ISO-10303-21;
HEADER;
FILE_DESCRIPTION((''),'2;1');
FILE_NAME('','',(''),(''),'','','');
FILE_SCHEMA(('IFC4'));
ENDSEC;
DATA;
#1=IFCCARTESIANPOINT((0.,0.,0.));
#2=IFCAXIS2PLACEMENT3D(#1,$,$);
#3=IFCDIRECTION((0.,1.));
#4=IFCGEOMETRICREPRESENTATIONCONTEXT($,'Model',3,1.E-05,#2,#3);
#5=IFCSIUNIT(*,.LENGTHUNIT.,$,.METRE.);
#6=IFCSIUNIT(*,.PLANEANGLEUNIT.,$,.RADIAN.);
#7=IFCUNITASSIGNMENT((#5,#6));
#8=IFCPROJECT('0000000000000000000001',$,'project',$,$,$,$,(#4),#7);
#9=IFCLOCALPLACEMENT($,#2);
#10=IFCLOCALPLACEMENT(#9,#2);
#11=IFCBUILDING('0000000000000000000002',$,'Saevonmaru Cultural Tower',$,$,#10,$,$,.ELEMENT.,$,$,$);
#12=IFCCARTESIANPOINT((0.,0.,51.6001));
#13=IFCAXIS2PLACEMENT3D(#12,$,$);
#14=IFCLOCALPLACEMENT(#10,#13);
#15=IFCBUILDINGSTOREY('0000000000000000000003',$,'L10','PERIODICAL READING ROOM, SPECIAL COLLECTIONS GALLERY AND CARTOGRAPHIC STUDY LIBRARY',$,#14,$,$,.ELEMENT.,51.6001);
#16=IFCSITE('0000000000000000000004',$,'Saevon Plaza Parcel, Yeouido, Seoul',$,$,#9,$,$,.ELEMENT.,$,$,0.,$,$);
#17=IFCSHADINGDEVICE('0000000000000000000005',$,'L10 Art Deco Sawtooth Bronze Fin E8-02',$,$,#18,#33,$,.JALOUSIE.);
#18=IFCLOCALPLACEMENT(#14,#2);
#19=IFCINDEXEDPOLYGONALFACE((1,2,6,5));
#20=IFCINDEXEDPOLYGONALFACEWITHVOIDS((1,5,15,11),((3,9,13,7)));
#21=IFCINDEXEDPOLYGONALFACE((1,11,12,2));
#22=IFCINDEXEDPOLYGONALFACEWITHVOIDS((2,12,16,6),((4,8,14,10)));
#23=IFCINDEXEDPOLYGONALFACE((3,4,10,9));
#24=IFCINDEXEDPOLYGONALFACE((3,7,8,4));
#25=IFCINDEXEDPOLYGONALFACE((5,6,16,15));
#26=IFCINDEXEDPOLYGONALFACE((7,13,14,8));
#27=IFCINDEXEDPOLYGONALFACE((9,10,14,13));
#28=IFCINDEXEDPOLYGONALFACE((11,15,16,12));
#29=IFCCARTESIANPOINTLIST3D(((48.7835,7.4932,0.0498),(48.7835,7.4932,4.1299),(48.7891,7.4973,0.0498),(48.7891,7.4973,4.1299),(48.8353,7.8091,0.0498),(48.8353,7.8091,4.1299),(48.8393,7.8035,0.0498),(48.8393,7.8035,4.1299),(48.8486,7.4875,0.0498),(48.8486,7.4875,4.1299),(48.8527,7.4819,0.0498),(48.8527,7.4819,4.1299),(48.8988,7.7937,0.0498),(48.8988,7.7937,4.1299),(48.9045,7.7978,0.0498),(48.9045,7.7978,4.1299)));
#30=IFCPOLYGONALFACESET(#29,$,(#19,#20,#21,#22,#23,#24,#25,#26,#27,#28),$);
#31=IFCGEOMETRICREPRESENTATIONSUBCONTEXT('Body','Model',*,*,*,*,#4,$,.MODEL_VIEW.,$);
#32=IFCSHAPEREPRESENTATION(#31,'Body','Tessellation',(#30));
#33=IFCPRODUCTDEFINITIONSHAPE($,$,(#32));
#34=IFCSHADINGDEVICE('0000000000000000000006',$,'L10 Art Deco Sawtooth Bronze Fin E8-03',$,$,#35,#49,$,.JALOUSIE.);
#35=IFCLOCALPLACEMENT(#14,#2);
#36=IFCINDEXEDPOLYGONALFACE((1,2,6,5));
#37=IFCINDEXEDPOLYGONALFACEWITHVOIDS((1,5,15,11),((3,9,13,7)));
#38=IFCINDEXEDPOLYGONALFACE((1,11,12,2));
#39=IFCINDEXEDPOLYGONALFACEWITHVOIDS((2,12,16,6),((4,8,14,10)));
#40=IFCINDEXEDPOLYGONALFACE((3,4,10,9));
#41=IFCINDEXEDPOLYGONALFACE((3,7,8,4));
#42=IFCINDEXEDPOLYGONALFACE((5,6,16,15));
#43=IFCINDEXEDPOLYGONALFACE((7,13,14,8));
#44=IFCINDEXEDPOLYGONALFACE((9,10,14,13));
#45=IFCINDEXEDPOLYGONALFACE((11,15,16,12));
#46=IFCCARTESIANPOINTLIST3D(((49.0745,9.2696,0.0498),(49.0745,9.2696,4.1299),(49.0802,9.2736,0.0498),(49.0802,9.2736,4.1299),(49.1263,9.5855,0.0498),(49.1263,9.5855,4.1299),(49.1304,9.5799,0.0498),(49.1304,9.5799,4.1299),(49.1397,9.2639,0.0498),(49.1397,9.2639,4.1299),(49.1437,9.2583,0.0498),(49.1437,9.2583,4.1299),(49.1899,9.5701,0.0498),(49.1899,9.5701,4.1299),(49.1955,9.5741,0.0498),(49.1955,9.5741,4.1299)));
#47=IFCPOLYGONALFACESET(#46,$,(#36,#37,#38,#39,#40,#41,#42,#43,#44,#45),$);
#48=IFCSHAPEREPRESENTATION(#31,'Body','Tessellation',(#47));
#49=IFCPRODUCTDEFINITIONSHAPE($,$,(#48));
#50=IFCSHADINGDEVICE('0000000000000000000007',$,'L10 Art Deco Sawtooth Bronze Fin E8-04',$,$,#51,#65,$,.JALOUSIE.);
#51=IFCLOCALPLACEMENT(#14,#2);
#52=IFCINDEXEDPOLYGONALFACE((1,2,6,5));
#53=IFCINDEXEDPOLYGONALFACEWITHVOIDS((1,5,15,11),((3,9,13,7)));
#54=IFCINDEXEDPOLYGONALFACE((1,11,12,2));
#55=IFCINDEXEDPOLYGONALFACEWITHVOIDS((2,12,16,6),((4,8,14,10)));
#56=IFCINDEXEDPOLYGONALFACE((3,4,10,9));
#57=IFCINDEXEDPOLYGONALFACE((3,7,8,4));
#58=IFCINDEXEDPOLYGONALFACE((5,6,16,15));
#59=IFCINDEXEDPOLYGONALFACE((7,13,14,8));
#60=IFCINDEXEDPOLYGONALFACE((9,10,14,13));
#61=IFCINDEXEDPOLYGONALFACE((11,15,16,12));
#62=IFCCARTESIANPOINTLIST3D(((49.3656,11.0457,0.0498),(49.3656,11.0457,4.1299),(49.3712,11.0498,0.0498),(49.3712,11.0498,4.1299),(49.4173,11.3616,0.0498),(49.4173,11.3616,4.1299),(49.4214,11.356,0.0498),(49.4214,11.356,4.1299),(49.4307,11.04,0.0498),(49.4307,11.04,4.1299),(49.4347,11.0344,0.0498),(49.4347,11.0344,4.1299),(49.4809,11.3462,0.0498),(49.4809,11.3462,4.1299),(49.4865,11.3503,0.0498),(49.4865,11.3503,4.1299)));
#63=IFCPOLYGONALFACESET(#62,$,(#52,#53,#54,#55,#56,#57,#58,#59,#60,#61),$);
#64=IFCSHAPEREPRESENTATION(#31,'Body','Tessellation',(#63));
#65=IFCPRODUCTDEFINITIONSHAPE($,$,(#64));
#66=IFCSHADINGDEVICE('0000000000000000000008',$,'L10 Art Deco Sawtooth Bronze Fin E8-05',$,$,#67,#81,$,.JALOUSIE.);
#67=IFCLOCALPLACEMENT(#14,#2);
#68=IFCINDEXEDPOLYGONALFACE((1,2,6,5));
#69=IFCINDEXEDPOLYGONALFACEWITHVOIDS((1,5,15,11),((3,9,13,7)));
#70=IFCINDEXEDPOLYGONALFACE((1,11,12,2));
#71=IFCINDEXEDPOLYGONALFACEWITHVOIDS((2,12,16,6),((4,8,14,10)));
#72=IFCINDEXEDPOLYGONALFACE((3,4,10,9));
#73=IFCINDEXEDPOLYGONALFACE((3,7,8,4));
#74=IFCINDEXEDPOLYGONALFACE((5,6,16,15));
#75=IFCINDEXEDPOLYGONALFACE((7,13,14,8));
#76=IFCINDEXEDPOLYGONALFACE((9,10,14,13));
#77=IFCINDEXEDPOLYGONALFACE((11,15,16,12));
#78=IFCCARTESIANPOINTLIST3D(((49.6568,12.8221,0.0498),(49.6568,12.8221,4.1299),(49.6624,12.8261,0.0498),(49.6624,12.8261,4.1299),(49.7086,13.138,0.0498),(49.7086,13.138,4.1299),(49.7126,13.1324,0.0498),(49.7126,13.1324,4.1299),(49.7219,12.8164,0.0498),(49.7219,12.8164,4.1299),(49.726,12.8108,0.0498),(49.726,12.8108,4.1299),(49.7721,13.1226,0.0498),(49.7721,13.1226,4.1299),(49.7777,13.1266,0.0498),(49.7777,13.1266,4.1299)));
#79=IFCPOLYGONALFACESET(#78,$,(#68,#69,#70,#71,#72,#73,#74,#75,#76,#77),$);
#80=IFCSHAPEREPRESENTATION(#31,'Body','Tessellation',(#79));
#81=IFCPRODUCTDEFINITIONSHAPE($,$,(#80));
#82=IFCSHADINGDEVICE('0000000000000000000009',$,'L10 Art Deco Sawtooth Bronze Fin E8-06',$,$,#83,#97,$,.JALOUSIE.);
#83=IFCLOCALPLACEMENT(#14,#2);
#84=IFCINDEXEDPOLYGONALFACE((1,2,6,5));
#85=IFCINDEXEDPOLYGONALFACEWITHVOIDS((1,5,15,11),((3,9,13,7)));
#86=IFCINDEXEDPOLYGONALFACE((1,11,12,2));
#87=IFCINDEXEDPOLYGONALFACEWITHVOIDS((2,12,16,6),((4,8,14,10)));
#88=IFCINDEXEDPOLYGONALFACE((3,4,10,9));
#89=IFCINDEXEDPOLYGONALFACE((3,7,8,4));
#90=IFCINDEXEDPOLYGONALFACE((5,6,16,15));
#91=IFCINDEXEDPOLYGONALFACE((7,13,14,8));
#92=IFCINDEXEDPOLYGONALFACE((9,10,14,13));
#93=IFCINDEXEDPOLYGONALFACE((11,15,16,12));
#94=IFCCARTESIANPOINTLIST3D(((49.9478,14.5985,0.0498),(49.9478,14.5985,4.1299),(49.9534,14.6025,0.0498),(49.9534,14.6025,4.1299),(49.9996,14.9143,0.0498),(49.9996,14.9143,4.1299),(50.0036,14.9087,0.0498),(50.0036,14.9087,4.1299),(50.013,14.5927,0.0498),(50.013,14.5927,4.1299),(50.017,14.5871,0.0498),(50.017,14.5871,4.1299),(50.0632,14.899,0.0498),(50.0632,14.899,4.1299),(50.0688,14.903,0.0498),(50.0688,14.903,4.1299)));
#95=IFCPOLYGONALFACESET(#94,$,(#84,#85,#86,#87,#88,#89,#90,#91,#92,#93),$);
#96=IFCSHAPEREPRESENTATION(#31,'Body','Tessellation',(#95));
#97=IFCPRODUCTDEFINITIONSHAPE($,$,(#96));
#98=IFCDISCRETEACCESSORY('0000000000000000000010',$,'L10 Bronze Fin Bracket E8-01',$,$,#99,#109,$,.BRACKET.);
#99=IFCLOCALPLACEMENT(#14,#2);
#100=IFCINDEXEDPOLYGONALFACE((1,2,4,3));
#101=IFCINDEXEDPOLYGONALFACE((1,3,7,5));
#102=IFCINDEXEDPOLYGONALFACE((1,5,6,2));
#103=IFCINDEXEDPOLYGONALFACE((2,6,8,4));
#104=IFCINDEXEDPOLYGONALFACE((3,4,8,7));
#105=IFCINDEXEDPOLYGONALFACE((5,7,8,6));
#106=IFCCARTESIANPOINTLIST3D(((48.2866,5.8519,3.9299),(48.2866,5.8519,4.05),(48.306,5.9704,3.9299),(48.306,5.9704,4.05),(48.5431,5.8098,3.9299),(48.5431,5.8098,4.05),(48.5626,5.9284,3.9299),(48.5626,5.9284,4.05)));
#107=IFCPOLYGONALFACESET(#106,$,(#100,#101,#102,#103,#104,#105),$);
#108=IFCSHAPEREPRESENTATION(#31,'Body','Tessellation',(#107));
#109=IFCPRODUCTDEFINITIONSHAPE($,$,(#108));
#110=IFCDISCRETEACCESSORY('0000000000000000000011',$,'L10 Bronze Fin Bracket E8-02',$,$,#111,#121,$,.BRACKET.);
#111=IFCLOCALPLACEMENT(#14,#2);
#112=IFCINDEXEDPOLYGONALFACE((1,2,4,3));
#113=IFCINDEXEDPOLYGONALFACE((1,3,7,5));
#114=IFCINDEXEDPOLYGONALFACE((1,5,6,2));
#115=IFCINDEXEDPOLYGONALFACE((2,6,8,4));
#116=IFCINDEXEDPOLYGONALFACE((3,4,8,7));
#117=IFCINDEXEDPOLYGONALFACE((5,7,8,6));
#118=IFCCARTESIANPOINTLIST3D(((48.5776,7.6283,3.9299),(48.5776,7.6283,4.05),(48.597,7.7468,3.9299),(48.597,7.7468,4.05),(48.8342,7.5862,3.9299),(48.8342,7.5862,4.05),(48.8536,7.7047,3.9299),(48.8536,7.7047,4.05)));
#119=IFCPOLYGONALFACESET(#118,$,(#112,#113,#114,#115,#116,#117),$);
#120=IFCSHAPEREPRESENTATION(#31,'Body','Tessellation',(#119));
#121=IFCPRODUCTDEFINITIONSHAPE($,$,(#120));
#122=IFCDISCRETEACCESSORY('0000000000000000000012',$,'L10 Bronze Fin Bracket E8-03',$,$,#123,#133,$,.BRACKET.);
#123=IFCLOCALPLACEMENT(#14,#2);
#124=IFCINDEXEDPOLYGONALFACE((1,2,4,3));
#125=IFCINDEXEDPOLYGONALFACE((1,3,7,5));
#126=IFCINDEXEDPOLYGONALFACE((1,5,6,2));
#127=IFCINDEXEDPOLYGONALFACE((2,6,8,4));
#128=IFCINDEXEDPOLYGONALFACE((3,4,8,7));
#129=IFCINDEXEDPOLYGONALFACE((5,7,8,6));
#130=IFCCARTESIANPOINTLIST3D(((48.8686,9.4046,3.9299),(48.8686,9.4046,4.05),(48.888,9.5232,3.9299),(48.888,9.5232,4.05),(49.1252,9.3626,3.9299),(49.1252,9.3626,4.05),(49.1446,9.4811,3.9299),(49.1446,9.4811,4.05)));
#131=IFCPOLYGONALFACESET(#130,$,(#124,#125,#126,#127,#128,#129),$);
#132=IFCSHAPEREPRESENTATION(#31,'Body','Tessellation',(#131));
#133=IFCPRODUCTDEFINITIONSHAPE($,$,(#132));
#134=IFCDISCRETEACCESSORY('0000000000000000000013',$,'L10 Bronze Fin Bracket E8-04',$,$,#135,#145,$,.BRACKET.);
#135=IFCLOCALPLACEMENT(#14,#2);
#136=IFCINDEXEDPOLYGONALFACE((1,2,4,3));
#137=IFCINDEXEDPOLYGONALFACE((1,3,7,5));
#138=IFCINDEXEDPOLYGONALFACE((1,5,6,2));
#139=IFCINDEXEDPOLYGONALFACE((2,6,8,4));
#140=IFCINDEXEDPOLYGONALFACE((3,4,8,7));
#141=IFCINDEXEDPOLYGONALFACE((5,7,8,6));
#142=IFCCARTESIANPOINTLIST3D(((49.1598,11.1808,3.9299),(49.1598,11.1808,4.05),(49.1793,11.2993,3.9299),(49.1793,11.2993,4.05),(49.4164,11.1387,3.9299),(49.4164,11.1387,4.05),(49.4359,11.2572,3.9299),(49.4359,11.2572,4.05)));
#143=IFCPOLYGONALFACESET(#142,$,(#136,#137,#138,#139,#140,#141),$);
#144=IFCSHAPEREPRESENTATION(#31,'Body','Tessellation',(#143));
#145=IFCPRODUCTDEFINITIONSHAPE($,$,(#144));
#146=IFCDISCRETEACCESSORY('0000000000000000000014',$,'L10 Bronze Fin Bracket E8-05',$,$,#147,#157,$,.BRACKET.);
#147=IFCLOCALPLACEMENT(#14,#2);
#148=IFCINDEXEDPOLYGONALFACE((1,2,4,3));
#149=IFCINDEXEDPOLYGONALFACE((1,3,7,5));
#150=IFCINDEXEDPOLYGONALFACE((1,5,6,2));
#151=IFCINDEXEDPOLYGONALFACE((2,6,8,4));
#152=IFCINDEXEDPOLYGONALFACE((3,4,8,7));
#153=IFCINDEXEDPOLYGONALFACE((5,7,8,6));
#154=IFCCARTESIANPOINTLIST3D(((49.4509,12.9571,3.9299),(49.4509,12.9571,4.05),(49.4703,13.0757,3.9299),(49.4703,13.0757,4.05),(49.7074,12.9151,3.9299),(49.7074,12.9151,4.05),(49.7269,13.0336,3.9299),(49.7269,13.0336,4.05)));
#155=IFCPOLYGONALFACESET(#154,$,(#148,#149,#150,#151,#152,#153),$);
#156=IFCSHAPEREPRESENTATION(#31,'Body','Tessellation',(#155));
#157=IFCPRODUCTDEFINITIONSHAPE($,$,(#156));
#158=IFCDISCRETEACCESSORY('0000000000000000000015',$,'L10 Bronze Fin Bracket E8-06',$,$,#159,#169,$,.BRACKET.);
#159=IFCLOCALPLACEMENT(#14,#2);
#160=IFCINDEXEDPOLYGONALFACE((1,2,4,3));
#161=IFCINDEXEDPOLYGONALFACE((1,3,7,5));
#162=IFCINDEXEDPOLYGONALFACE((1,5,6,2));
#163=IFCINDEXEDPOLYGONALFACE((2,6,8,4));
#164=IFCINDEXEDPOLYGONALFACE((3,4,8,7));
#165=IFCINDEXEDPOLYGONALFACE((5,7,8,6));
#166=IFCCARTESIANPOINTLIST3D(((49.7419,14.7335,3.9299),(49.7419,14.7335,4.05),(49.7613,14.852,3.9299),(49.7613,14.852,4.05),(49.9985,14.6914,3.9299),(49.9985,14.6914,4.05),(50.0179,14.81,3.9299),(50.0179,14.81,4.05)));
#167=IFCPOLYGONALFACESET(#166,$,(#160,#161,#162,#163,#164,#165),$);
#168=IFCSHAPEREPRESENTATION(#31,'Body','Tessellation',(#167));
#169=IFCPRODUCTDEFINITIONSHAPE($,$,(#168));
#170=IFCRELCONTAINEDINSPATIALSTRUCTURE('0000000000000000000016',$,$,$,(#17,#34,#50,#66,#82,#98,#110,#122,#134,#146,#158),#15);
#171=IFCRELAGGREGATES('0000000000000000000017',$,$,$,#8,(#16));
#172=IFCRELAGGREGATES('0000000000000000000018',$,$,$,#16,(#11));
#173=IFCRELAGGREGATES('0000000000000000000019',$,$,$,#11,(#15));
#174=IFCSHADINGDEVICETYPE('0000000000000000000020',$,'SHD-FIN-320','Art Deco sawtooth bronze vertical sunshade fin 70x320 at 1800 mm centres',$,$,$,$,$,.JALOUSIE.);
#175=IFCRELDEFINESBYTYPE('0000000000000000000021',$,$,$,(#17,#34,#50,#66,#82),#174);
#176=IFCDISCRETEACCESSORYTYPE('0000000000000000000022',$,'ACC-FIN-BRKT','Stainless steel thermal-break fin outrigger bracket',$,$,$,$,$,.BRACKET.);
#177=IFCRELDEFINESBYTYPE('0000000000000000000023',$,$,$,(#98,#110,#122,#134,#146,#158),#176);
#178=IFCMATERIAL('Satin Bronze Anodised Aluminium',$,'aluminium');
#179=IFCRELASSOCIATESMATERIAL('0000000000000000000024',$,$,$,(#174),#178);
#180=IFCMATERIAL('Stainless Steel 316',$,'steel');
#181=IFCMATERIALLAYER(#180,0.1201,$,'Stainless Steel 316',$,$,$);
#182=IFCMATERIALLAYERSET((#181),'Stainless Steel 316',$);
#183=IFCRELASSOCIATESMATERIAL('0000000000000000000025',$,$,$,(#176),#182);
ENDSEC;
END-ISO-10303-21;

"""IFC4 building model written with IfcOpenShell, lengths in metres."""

from ifc_helpers import new_model, si_unit, direction, frame, origin, origin_2d, place, context, subcontext, project, spatial, rectangle, hollow_rectangle, extrude, material, layer, layer_set, material_profile, profile_set, type_object, element, save


model = new_model("IFC4")

# Units and contexts
model_context = context("Model", 3, precision=1e-05, world=origin(), true_north=direction((0.0, 1.0)))
body_context = subcontext(model_context, "Body", "Model", "MODEL_VIEW")
ifc_project = project(units=[si_unit("LENGTHUNIT", "METRE"), si_unit("PLANEANGLEUNIT", "RADIAN")], contexts=[model_context])

# Site, building, storey
site_placement = place(None, origin())
site = spatial("IfcSite", under=ifc_project, at=site_placement, Name="Saevon Plaza Parcel, Yeouido, Seoul", CompositionType="ELEMENT", RefElevation=0.0)
building_placement = place(site_placement, origin())
building = spatial("IfcBuilding", under=site, at=building_placement, Name="Saevonmaru Cultural Tower", CompositionType="ELEMENT")
storey_placement = place(building_placement, frame((0.0, 0.0, 51.6001)))
storey = spatial("IfcBuildingStorey", under=building, at=storey_placement, Name="L10", Description="PERIODICAL READING ROOM, SPECIAL COLLECTIONS GALLERY AND CARTOGRAPHIC STUDY LIBRARY", CompositionType="ELEMENT", Elevation=51.6001)

# Shared definitions
ifc_material_1 = material(Name="Satin Bronze Anodised Aluminium", Category="aluminium")

# Shading devices
ifc_material_profile_1 = material_profile(ifc_material_1, hollow_rectangle(XDim=0.0701, YDim=0.3201, WallThickness=0.0049, at=origin_2d()), Name="FIN-320x70")
ifc_profile_set_1 = profile_set([ifc_material_profile_1], Name="Satin Bronze Anodised Aluminium")
shading_device_type = type_object("IfcShadingDeviceType", Name="SHD-FIN-320", Description="Art Deco sawtooth bronze vertical sunshade fin 70x320 at 1800 mm centres", PredefinedType="JALOUSIE", material=ifc_profile_set_1)
for number, where, z_axis, x_axis, name in (
    (1, (48.844, 7.6455, 0.0498), (0.0, 0.0, 1.0), (0.986827, -0.161776, 0.0), "L10 Art Deco Sawtooth Bronze Fin E8-02"),
    (2, (49.135, 9.4219, 0.0498), (0.0, 0.0, 1.0), (0.986827, -0.161776, 0.0), "L10 Art Deco Sawtooth Bronze Fin E8-03"),
    (3, (49.426, 11.198, 0.0498), (0.0, 0.0, 1.0), (0.986827, -0.161776, 0.0), "L10 Art Deco Sawtooth Bronze Fin E8-04"),
    (4, (49.7173, 12.9744, 0.0498), (0.0, 0.0, 1.0), (0.986827, -0.161776, 0.0), "L10 Art Deco Sawtooth Bronze Fin E8-05"),
    (5, (50.0083, 14.7507, 0.0498), (0.0, 0.0, 1.0), (0.986827, -0.161776, 0.0), "L10 Art Deco Sawtooth Bronze Fin E8-06"),
):
    element("IfcShadingDevice", number, at=place(storey_placement, frame(where, z_axis=z_axis, x_axis=x_axis)), inside=storey, type_object=shading_device_type, Name=name, PredefinedType="JALOUSIE", context=body_context, shape_type="SweptSolid", body=[
        extrude(hollow_rectangle(XDim=0.0701, YDim=0.3201, WallThickness=0.0049, at=origin_2d()), origin(), (0.0, 0.0, 1.0), 4.0801),
    ])

# Discrete accessories
ifc_material_2 = material(Name="Stainless Steel 316", Category="steel")
ifc_layer_1 = layer(ifc_material_2, 0.1201, Name="Stainless Steel 316")
ifc_layer_set_1 = layer_set([ifc_layer_1], Name="Stainless Steel 316")
discrete_accessory_type = type_object("IfcDiscreteAccessoryType", Name="ACC-FIN-BRKT", Description="Stainless steel thermal-break fin outrigger bracket", PredefinedType="BRACKET", material=ifc_layer_set_1)
for number, where, z_axis, x_axis, name in (
    (6, (48.4246, 5.8901, 3.9299), (0.0, 0.0, 1.0), (0.986827, -0.161776, 0.0), "L10 Bronze Fin Bracket E8-01"),
    (7, (48.7156, 7.6665, 3.9299), (0.0, 0.0, 1.0), (0.986827, -0.161776, 0.0), "L10 Bronze Fin Bracket E8-02"),
    (8, (49.0066, 9.4429, 3.9299), (0.0, 0.0, 1.0), (0.986827, -0.161776, 0.0), "L10 Bronze Fin Bracket E8-03"),
    (9, (49.2979, 11.219, 3.9299), (0.0, 0.0, 1.0), (0.986827, -0.161776, 0.0), "L10 Bronze Fin Bracket E8-04"),
    (10, (49.5889, 12.9954, 3.9299), (0.0, 0.0, 1.0), (0.986827, -0.161776, 0.0), "L10 Bronze Fin Bracket E8-05"),
    (11, (49.8799, 14.7717, 3.9299), (0.0, 0.0, 1.0), (0.986827, -0.161776, 0.0), "L10 Bronze Fin Bracket E8-06"),
):
    element("IfcDiscreteAccessory", number, at=place(storey_placement, frame(where, z_axis=z_axis, x_axis=x_axis)), inside=storey, type_object=discrete_accessory_type, Name=name, PredefinedType="BRACKET", context=body_context, shape_type="SweptSolid", body=[
        extrude(rectangle(XDim=0.26, YDim=0.1201, at=origin_2d()), origin(), (0.0, 0.0, 1.0), 0.1201),
    ])

save(model, "model.ifc")
